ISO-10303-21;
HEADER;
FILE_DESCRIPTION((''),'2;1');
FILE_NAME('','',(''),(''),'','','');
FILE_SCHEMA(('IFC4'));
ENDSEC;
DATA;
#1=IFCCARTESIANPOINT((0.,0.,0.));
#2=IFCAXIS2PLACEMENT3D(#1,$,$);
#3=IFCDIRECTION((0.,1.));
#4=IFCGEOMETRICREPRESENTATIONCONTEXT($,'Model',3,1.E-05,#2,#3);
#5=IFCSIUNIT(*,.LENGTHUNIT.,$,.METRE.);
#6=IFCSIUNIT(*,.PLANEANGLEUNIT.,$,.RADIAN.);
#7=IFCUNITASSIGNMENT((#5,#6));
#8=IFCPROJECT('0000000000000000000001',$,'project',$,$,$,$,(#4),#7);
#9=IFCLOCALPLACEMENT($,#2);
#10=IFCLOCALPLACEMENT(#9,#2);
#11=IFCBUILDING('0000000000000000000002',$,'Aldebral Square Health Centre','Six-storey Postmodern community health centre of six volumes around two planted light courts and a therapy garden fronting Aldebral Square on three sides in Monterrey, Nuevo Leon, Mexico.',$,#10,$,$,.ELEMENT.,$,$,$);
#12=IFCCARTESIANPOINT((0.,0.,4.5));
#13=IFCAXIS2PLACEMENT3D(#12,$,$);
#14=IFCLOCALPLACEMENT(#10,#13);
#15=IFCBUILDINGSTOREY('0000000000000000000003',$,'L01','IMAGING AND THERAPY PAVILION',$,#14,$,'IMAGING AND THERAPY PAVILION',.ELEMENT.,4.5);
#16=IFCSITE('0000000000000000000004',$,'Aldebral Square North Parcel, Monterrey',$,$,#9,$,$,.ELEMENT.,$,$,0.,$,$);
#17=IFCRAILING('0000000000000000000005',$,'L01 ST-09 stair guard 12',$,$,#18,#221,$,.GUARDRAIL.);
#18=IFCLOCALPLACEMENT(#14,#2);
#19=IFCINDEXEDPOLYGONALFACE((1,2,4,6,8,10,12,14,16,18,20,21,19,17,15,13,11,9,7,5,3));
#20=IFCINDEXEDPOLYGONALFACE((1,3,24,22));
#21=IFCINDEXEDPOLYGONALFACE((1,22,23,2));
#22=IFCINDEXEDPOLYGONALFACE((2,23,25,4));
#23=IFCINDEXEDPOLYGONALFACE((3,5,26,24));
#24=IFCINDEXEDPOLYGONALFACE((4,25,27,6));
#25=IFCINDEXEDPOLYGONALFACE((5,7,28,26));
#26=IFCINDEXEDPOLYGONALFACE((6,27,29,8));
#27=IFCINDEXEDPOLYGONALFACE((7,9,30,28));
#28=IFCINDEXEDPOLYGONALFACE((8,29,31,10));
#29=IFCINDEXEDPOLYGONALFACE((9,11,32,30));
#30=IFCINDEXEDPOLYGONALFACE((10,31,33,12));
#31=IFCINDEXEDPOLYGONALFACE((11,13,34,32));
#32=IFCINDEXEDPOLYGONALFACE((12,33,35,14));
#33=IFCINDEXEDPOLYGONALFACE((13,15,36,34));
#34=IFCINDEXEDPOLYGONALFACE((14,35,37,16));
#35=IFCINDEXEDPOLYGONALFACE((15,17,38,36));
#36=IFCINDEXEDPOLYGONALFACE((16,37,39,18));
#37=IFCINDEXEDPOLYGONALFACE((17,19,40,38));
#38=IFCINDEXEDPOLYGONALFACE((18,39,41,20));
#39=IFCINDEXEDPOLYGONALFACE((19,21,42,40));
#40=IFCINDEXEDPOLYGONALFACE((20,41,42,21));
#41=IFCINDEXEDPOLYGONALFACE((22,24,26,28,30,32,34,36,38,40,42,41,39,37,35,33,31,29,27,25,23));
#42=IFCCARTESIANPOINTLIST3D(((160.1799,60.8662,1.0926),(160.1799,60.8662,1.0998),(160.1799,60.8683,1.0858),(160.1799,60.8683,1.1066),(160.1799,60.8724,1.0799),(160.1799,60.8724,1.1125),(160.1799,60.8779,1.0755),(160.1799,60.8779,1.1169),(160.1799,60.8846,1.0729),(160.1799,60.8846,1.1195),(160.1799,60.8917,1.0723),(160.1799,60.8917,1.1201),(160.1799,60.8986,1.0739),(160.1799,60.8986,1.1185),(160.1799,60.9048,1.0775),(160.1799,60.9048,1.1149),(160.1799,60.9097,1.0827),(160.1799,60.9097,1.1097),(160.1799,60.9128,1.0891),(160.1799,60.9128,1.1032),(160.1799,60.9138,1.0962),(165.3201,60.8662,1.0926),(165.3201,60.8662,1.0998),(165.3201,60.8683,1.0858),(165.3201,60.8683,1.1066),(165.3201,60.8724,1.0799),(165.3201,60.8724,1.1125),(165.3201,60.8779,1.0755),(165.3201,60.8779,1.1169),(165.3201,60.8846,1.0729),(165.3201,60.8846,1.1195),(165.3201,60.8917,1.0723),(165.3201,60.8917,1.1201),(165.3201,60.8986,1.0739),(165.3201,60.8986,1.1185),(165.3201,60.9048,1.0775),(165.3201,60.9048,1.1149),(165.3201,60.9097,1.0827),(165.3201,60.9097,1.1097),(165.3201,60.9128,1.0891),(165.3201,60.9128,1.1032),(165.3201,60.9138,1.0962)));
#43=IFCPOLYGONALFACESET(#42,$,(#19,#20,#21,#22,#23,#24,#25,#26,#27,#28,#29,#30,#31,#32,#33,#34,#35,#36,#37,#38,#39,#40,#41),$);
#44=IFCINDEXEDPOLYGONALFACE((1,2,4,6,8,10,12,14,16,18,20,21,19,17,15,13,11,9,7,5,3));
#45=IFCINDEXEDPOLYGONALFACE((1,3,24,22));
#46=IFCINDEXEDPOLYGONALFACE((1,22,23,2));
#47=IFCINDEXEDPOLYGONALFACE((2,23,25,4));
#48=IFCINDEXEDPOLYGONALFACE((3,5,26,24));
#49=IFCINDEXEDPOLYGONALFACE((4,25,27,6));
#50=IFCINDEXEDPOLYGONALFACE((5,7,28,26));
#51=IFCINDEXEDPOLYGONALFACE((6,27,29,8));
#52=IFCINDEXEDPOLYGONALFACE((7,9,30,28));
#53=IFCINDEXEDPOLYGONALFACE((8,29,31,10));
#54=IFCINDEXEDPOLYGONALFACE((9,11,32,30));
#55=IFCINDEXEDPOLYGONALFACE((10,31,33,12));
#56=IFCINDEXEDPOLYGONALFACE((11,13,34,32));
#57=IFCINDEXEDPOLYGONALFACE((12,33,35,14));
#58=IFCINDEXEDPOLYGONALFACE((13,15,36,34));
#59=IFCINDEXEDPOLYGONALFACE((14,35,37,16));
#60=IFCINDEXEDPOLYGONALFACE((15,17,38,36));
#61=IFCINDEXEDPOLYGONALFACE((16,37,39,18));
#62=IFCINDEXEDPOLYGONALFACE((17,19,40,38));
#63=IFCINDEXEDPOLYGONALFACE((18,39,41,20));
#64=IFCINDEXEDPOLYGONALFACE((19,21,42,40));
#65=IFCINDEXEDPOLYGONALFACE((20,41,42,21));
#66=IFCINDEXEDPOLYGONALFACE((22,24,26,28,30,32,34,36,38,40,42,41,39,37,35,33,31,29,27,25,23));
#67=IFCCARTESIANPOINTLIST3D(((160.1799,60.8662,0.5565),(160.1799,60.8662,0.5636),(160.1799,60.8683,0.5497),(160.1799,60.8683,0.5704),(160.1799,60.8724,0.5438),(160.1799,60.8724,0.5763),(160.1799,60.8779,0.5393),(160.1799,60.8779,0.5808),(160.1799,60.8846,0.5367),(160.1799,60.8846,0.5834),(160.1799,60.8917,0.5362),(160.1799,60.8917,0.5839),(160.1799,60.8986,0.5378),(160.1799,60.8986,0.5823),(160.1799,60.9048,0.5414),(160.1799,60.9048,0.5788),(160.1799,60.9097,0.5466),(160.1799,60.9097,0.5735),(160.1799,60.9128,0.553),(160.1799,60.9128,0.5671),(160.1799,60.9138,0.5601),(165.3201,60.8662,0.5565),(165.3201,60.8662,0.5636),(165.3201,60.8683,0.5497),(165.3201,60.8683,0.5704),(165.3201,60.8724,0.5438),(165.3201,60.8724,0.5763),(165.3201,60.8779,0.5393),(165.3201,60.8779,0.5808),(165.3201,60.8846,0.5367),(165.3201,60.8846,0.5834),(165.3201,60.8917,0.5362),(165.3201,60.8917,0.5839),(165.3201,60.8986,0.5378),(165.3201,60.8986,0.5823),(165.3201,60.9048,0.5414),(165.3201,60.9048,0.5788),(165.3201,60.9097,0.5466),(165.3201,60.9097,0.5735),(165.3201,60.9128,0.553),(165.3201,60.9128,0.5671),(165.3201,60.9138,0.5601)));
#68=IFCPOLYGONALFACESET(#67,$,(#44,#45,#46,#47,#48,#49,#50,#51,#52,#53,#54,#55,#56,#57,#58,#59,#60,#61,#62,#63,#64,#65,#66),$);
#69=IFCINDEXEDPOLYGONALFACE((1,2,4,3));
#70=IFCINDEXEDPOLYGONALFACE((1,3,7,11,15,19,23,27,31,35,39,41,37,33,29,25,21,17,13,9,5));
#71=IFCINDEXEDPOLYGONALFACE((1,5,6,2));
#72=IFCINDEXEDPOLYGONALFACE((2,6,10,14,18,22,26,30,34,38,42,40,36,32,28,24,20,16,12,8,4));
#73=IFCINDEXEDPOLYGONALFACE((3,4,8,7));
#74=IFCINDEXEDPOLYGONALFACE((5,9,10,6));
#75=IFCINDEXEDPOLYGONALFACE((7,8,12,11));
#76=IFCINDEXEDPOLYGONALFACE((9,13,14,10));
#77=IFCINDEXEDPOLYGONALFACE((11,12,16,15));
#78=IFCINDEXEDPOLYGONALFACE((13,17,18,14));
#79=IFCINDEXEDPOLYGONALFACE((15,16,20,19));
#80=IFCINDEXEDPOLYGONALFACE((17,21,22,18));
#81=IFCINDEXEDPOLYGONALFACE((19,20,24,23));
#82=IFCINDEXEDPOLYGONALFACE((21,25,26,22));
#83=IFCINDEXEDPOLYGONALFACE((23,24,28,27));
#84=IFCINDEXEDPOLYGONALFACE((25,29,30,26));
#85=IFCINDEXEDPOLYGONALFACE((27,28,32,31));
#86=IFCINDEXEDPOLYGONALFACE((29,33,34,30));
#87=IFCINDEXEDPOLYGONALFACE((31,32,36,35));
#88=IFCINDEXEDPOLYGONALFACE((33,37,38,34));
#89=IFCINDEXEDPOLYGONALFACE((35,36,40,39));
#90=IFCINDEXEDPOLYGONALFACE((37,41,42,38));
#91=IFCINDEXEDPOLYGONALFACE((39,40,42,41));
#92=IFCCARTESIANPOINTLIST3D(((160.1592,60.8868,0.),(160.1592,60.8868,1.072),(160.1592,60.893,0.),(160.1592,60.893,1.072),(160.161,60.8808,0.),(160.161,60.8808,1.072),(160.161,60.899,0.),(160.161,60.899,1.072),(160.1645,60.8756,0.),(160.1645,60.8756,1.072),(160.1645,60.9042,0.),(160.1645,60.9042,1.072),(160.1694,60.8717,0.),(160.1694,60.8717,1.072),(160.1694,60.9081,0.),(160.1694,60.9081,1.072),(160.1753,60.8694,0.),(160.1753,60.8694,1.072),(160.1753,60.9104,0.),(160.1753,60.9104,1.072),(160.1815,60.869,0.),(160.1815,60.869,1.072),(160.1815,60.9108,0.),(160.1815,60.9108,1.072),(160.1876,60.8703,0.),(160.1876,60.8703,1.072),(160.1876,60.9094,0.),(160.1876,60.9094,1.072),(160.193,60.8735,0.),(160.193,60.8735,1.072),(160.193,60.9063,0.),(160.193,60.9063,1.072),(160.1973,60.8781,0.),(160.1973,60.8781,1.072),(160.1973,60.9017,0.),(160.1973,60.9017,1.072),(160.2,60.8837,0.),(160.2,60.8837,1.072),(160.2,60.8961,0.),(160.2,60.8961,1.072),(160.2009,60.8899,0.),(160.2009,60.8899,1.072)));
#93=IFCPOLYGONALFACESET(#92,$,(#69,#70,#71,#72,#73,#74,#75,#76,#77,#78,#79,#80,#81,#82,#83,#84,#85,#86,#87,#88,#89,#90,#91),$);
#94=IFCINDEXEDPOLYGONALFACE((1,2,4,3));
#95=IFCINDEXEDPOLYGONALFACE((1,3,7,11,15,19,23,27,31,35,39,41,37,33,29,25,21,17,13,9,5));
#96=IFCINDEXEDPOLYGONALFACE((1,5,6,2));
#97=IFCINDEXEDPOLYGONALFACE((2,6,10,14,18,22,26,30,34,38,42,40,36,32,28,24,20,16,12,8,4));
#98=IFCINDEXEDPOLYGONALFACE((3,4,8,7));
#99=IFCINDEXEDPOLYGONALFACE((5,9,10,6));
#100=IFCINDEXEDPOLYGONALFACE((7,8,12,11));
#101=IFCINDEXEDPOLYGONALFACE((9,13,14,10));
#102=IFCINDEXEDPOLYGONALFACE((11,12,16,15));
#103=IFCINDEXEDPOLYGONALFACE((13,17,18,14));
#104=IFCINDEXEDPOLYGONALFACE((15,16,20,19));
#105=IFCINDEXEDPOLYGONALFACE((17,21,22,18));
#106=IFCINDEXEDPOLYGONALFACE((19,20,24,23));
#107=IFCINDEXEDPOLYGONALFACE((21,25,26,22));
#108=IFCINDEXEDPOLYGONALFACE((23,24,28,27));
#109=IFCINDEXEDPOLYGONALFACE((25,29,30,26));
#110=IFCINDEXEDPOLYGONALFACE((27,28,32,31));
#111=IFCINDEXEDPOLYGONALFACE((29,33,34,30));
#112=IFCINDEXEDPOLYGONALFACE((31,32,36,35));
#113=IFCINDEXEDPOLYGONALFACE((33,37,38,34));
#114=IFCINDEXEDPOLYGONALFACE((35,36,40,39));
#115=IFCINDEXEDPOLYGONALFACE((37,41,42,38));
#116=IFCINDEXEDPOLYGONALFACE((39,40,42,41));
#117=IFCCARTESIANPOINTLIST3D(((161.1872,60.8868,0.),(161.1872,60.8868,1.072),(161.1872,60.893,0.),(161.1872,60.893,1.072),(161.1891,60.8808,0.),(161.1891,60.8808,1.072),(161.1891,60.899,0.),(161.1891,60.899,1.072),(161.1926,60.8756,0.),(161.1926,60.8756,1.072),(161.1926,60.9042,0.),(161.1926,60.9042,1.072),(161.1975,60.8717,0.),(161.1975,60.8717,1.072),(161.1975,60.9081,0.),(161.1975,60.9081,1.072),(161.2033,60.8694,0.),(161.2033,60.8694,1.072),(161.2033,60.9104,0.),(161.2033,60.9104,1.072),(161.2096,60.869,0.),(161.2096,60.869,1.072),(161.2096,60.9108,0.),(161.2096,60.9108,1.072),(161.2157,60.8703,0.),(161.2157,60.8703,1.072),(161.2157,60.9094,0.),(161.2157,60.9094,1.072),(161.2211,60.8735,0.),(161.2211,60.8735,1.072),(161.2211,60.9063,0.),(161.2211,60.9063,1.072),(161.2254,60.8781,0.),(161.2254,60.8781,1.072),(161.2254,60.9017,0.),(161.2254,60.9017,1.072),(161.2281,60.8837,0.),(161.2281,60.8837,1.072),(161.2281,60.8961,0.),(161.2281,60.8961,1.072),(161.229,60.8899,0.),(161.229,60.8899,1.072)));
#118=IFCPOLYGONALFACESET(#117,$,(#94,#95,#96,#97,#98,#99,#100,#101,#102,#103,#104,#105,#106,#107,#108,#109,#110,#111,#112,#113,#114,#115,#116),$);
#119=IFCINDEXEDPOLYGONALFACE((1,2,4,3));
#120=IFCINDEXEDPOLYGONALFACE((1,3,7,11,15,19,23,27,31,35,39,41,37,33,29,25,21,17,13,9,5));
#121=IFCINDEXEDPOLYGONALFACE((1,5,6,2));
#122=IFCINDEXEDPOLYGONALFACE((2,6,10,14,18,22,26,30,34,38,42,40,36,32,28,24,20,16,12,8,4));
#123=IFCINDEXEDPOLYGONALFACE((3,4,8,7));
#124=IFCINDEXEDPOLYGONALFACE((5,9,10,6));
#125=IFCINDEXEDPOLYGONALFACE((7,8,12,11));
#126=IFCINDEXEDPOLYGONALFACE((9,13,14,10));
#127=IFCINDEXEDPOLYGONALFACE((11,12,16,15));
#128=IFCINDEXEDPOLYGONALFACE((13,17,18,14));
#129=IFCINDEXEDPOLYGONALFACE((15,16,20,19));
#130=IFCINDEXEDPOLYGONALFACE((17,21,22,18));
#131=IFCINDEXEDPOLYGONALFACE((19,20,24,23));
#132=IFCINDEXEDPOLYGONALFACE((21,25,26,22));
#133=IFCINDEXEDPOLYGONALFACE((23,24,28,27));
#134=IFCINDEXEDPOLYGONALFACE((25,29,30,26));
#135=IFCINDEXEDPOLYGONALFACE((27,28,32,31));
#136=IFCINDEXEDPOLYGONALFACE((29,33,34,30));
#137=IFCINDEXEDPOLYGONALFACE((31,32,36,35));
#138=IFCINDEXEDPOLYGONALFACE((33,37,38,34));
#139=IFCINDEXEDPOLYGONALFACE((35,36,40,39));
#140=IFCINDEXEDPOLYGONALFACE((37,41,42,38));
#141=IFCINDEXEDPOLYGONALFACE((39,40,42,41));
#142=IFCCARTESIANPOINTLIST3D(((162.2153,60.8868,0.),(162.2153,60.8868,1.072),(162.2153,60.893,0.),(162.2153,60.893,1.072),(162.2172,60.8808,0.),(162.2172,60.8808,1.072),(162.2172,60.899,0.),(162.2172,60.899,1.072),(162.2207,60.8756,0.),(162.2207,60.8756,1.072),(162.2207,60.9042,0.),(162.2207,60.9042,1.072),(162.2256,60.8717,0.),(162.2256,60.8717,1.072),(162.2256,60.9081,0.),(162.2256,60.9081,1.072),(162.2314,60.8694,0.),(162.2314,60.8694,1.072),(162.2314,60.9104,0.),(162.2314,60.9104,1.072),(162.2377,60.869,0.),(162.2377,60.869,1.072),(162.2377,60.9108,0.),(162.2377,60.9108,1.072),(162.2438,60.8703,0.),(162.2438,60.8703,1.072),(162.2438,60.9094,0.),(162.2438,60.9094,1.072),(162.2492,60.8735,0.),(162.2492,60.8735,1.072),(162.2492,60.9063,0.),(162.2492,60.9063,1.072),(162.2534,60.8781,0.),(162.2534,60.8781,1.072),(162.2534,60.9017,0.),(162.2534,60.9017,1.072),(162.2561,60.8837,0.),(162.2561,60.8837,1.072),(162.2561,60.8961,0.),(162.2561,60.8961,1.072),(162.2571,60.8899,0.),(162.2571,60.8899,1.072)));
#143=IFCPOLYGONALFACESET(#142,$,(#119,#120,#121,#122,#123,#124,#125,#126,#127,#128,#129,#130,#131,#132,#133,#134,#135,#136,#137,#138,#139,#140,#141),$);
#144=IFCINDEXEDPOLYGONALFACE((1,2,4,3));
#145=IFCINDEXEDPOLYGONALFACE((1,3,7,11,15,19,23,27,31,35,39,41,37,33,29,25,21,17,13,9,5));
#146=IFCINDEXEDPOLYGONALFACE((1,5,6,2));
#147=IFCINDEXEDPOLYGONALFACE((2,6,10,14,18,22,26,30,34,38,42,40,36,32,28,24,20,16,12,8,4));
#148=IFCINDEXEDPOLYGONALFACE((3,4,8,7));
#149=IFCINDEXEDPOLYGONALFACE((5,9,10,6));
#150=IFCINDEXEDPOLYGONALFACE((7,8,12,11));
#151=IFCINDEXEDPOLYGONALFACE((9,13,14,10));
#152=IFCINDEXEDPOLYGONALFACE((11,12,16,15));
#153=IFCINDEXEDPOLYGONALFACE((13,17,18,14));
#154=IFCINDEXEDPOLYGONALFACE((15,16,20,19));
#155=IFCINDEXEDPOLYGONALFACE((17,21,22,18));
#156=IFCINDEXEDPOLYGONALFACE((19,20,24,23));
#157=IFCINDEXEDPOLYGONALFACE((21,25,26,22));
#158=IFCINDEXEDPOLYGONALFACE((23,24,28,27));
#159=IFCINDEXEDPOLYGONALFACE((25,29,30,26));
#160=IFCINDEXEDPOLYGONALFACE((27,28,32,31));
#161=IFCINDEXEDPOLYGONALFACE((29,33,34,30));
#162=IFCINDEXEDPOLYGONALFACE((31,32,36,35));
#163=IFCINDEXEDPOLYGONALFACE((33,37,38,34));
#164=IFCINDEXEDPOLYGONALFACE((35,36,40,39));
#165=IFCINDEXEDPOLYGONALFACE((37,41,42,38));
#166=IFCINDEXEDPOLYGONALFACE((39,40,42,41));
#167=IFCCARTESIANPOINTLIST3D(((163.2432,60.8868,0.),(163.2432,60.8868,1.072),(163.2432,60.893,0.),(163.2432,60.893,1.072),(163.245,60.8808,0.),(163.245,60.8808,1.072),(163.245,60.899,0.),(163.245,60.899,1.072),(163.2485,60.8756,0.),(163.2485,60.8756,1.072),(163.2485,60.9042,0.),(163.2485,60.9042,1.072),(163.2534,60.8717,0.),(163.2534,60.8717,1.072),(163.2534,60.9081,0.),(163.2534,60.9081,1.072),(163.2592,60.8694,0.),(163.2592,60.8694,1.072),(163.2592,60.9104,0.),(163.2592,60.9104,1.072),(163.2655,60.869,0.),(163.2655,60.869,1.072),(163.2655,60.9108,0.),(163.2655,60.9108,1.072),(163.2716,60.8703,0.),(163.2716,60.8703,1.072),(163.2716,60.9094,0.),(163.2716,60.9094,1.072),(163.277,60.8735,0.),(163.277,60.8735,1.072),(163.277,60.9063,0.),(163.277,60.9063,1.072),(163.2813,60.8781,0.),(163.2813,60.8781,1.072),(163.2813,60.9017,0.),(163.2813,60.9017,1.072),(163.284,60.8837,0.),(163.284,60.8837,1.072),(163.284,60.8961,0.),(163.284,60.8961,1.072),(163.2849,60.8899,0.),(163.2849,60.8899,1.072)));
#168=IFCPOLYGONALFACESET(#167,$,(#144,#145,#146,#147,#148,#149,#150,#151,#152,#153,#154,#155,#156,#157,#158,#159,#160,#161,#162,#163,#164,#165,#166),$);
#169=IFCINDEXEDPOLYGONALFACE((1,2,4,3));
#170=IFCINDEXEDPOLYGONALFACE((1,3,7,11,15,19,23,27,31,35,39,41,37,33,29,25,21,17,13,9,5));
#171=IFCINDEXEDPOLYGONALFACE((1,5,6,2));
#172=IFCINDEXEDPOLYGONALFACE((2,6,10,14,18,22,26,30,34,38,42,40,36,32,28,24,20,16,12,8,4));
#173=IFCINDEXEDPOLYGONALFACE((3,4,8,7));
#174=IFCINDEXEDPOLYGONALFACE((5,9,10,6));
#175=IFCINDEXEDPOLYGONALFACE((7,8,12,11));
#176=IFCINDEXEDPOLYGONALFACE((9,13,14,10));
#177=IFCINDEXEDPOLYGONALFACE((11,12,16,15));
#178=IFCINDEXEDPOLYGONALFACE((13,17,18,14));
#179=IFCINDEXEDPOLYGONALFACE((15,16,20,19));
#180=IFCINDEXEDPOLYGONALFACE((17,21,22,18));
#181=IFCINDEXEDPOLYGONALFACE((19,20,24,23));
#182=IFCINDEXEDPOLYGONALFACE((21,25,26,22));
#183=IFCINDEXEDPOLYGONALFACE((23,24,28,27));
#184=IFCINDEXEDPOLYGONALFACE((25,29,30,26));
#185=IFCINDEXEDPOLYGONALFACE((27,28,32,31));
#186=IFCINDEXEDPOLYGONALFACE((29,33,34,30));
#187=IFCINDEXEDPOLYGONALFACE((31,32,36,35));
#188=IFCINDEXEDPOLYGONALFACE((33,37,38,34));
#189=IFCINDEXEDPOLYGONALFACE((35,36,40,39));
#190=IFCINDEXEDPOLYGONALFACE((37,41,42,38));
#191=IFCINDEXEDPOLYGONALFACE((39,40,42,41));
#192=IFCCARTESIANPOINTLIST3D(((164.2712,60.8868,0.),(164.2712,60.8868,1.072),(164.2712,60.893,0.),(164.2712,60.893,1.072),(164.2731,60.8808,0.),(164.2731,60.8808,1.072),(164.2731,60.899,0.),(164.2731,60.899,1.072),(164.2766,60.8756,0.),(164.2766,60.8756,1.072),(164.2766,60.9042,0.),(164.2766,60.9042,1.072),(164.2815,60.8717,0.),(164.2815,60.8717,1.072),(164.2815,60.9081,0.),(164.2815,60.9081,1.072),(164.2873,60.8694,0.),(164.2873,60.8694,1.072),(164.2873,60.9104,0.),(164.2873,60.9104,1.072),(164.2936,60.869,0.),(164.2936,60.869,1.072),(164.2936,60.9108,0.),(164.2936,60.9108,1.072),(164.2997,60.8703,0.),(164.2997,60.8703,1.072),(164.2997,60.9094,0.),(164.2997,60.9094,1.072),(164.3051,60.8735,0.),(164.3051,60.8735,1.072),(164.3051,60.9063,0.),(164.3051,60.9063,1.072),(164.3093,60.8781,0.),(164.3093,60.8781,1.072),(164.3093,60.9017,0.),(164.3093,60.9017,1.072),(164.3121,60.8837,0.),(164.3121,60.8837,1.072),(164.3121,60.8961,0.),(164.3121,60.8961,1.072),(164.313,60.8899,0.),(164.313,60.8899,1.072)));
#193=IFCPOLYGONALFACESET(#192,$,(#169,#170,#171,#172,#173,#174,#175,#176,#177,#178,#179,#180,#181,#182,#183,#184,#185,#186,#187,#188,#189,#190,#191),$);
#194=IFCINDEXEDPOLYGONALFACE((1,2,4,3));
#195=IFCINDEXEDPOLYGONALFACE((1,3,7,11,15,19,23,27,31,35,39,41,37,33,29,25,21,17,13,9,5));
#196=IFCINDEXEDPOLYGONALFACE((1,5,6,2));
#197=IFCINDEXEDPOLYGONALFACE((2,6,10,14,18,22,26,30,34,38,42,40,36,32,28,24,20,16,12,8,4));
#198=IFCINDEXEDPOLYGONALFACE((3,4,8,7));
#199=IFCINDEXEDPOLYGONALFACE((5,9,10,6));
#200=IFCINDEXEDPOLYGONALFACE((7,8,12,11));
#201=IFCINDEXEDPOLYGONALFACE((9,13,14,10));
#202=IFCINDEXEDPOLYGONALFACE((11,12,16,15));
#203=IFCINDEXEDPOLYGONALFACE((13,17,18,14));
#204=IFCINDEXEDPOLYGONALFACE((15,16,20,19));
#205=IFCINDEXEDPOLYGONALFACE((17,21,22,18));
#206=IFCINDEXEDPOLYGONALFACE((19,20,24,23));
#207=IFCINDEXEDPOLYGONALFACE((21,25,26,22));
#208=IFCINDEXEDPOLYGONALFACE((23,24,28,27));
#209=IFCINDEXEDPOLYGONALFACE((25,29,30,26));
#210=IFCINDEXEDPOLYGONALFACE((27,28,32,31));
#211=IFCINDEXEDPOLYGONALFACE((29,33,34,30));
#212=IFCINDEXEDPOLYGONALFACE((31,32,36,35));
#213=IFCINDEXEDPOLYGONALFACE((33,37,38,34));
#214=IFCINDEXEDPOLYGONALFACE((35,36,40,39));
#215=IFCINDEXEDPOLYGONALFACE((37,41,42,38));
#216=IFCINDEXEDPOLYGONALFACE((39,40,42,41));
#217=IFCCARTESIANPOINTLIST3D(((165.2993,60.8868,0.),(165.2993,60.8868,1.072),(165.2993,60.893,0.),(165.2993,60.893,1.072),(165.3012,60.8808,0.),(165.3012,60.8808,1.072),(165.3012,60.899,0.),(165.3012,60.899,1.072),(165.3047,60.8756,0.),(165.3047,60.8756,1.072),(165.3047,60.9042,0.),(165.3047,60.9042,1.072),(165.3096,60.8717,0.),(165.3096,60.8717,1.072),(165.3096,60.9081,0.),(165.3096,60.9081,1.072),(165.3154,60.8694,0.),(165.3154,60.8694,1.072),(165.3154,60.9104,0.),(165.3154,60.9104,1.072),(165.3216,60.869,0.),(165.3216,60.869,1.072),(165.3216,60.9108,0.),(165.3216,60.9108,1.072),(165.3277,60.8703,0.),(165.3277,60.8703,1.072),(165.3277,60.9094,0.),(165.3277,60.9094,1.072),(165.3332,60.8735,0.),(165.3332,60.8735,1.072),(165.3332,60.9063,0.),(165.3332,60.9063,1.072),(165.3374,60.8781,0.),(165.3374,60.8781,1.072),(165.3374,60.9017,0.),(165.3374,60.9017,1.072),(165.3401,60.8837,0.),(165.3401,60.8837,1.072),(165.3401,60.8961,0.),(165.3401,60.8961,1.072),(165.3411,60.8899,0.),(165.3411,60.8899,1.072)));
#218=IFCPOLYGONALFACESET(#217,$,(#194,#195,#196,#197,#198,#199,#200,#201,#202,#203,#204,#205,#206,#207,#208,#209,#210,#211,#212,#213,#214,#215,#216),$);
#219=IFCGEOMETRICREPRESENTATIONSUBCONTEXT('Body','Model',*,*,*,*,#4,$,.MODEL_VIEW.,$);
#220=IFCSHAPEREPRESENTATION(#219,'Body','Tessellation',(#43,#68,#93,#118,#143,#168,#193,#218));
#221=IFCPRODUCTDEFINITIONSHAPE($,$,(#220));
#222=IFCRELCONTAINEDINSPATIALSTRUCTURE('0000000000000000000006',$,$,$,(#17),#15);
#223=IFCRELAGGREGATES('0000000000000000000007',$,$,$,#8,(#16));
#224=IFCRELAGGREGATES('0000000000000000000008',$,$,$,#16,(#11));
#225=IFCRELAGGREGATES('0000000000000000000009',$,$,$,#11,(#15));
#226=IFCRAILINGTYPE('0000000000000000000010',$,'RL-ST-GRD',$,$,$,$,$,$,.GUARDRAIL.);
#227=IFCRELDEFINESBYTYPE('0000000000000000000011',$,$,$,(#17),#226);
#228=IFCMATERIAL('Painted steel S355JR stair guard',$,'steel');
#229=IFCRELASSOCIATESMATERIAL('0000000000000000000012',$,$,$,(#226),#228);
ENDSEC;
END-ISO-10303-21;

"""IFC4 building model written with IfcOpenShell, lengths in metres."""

from ifc_helpers import new_model, si_unit, direction, frame, origin, origin_2d, place, context, subcontext, project, spatial, circle, extrude, material, type_object, element, save


model = new_model("IFC4")

# Units and contexts
model_context = context("Model", 3, precision=1e-05, world=origin(), true_north=direction((0.0, 1.0)))
body_context = subcontext(model_context, "Body", "Model", "MODEL_VIEW")
ifc_project = project(units=[si_unit("LENGTHUNIT", "METRE"), si_unit("PLANEANGLEUNIT", "RADIAN")], contexts=[model_context])

# Site, building, storey
site_placement = place(None, origin())
site = spatial("IfcSite", under=ifc_project, at=site_placement, Name="Aldebral Square North Parcel, Monterrey", CompositionType="ELEMENT", RefElevation=0.0)
building_placement = place(site_placement, origin())
building = spatial("IfcBuilding", under=site, at=building_placement, Name="Aldebral Square Health Centre", Description="Six-storey Postmodern community health centre of six volumes around two planted light courts and a therapy garden fronting Aldebral Square on three sides in Monterrey, Nuevo Leon, Mexico.", CompositionType="ELEMENT")
storey_placement = place(building_placement, frame((0.0, 0.0, 4.5)))
storey = spatial("IfcBuildingStorey", under=building, at=storey_placement, Name="L01", Description="IMAGING AND THERAPY PAVILION", LongName="IMAGING AND THERAPY PAVILION", CompositionType="ELEMENT", Elevation=4.5)

# Railing
ifc_material_1 = material(Name="Painted steel S355JR stair guard", Category="steel")
railing_type_1 = type_object("IfcRailingType", Name="RL-ST-GRD", PredefinedType="GUARDRAIL", material=ifc_material_1)
railing_1_placement = place(storey_placement, frame((160.1799, 60.8899, 0.0)))
element("IfcRailing", 1, at=railing_1_placement, inside=storey, type_object=railing_type_1, Name="L01 ST-09 stair guard 12", PredefinedType="GUARDRAIL", context=body_context, shape_type="SweptSolid", body=[
    extrude(circle(Radius=0.0239, at=origin_2d()), frame((0.0, 0.0, 1.0962), z_axis=(1.0, 0.0, 0.0), x_axis=(0.0, 1.0, 0.0)), (0.0, 0.0, 1.0), 5.1401),
    extrude(circle(Radius=0.0239, at=origin_2d()), frame((0.0, 0.0, 0.5601), z_axis=(1.0, 0.0, 0.0), x_axis=(0.0, 1.0, 0.0)), (0.0, 0.0, 1.0), 5.1401),
    extrude(circle(Radius=0.021, at=origin_2d()), origin(), (0.0, 0.0, 1.0), 1.072),
    extrude(circle(Radius=0.021, at=origin_2d()), frame((1.0281, 0.0, 0.0)), (0.0, 0.0, 1.0), 1.072),
    extrude(circle(Radius=0.021, at=origin_2d()), frame((2.0562, 0.0, 0.0)), (0.0, 0.0, 1.0), 1.072),
    extrude(circle(Radius=0.021, at=origin_2d()), frame((3.084, 0.0, 0.0)), (0.0, 0.0, 1.0), 1.072),
    extrude(circle(Radius=0.021, at=origin_2d()), frame((4.1121, 0.0, 0.0)), (0.0, 0.0, 1.0), 1.072),
    extrude(circle(Radius=0.021, at=origin_2d()), frame((5.1401, 0.0, 0.0)), (0.0, 0.0, 1.0), 1.072),
])

save(model, "model.ifc")
